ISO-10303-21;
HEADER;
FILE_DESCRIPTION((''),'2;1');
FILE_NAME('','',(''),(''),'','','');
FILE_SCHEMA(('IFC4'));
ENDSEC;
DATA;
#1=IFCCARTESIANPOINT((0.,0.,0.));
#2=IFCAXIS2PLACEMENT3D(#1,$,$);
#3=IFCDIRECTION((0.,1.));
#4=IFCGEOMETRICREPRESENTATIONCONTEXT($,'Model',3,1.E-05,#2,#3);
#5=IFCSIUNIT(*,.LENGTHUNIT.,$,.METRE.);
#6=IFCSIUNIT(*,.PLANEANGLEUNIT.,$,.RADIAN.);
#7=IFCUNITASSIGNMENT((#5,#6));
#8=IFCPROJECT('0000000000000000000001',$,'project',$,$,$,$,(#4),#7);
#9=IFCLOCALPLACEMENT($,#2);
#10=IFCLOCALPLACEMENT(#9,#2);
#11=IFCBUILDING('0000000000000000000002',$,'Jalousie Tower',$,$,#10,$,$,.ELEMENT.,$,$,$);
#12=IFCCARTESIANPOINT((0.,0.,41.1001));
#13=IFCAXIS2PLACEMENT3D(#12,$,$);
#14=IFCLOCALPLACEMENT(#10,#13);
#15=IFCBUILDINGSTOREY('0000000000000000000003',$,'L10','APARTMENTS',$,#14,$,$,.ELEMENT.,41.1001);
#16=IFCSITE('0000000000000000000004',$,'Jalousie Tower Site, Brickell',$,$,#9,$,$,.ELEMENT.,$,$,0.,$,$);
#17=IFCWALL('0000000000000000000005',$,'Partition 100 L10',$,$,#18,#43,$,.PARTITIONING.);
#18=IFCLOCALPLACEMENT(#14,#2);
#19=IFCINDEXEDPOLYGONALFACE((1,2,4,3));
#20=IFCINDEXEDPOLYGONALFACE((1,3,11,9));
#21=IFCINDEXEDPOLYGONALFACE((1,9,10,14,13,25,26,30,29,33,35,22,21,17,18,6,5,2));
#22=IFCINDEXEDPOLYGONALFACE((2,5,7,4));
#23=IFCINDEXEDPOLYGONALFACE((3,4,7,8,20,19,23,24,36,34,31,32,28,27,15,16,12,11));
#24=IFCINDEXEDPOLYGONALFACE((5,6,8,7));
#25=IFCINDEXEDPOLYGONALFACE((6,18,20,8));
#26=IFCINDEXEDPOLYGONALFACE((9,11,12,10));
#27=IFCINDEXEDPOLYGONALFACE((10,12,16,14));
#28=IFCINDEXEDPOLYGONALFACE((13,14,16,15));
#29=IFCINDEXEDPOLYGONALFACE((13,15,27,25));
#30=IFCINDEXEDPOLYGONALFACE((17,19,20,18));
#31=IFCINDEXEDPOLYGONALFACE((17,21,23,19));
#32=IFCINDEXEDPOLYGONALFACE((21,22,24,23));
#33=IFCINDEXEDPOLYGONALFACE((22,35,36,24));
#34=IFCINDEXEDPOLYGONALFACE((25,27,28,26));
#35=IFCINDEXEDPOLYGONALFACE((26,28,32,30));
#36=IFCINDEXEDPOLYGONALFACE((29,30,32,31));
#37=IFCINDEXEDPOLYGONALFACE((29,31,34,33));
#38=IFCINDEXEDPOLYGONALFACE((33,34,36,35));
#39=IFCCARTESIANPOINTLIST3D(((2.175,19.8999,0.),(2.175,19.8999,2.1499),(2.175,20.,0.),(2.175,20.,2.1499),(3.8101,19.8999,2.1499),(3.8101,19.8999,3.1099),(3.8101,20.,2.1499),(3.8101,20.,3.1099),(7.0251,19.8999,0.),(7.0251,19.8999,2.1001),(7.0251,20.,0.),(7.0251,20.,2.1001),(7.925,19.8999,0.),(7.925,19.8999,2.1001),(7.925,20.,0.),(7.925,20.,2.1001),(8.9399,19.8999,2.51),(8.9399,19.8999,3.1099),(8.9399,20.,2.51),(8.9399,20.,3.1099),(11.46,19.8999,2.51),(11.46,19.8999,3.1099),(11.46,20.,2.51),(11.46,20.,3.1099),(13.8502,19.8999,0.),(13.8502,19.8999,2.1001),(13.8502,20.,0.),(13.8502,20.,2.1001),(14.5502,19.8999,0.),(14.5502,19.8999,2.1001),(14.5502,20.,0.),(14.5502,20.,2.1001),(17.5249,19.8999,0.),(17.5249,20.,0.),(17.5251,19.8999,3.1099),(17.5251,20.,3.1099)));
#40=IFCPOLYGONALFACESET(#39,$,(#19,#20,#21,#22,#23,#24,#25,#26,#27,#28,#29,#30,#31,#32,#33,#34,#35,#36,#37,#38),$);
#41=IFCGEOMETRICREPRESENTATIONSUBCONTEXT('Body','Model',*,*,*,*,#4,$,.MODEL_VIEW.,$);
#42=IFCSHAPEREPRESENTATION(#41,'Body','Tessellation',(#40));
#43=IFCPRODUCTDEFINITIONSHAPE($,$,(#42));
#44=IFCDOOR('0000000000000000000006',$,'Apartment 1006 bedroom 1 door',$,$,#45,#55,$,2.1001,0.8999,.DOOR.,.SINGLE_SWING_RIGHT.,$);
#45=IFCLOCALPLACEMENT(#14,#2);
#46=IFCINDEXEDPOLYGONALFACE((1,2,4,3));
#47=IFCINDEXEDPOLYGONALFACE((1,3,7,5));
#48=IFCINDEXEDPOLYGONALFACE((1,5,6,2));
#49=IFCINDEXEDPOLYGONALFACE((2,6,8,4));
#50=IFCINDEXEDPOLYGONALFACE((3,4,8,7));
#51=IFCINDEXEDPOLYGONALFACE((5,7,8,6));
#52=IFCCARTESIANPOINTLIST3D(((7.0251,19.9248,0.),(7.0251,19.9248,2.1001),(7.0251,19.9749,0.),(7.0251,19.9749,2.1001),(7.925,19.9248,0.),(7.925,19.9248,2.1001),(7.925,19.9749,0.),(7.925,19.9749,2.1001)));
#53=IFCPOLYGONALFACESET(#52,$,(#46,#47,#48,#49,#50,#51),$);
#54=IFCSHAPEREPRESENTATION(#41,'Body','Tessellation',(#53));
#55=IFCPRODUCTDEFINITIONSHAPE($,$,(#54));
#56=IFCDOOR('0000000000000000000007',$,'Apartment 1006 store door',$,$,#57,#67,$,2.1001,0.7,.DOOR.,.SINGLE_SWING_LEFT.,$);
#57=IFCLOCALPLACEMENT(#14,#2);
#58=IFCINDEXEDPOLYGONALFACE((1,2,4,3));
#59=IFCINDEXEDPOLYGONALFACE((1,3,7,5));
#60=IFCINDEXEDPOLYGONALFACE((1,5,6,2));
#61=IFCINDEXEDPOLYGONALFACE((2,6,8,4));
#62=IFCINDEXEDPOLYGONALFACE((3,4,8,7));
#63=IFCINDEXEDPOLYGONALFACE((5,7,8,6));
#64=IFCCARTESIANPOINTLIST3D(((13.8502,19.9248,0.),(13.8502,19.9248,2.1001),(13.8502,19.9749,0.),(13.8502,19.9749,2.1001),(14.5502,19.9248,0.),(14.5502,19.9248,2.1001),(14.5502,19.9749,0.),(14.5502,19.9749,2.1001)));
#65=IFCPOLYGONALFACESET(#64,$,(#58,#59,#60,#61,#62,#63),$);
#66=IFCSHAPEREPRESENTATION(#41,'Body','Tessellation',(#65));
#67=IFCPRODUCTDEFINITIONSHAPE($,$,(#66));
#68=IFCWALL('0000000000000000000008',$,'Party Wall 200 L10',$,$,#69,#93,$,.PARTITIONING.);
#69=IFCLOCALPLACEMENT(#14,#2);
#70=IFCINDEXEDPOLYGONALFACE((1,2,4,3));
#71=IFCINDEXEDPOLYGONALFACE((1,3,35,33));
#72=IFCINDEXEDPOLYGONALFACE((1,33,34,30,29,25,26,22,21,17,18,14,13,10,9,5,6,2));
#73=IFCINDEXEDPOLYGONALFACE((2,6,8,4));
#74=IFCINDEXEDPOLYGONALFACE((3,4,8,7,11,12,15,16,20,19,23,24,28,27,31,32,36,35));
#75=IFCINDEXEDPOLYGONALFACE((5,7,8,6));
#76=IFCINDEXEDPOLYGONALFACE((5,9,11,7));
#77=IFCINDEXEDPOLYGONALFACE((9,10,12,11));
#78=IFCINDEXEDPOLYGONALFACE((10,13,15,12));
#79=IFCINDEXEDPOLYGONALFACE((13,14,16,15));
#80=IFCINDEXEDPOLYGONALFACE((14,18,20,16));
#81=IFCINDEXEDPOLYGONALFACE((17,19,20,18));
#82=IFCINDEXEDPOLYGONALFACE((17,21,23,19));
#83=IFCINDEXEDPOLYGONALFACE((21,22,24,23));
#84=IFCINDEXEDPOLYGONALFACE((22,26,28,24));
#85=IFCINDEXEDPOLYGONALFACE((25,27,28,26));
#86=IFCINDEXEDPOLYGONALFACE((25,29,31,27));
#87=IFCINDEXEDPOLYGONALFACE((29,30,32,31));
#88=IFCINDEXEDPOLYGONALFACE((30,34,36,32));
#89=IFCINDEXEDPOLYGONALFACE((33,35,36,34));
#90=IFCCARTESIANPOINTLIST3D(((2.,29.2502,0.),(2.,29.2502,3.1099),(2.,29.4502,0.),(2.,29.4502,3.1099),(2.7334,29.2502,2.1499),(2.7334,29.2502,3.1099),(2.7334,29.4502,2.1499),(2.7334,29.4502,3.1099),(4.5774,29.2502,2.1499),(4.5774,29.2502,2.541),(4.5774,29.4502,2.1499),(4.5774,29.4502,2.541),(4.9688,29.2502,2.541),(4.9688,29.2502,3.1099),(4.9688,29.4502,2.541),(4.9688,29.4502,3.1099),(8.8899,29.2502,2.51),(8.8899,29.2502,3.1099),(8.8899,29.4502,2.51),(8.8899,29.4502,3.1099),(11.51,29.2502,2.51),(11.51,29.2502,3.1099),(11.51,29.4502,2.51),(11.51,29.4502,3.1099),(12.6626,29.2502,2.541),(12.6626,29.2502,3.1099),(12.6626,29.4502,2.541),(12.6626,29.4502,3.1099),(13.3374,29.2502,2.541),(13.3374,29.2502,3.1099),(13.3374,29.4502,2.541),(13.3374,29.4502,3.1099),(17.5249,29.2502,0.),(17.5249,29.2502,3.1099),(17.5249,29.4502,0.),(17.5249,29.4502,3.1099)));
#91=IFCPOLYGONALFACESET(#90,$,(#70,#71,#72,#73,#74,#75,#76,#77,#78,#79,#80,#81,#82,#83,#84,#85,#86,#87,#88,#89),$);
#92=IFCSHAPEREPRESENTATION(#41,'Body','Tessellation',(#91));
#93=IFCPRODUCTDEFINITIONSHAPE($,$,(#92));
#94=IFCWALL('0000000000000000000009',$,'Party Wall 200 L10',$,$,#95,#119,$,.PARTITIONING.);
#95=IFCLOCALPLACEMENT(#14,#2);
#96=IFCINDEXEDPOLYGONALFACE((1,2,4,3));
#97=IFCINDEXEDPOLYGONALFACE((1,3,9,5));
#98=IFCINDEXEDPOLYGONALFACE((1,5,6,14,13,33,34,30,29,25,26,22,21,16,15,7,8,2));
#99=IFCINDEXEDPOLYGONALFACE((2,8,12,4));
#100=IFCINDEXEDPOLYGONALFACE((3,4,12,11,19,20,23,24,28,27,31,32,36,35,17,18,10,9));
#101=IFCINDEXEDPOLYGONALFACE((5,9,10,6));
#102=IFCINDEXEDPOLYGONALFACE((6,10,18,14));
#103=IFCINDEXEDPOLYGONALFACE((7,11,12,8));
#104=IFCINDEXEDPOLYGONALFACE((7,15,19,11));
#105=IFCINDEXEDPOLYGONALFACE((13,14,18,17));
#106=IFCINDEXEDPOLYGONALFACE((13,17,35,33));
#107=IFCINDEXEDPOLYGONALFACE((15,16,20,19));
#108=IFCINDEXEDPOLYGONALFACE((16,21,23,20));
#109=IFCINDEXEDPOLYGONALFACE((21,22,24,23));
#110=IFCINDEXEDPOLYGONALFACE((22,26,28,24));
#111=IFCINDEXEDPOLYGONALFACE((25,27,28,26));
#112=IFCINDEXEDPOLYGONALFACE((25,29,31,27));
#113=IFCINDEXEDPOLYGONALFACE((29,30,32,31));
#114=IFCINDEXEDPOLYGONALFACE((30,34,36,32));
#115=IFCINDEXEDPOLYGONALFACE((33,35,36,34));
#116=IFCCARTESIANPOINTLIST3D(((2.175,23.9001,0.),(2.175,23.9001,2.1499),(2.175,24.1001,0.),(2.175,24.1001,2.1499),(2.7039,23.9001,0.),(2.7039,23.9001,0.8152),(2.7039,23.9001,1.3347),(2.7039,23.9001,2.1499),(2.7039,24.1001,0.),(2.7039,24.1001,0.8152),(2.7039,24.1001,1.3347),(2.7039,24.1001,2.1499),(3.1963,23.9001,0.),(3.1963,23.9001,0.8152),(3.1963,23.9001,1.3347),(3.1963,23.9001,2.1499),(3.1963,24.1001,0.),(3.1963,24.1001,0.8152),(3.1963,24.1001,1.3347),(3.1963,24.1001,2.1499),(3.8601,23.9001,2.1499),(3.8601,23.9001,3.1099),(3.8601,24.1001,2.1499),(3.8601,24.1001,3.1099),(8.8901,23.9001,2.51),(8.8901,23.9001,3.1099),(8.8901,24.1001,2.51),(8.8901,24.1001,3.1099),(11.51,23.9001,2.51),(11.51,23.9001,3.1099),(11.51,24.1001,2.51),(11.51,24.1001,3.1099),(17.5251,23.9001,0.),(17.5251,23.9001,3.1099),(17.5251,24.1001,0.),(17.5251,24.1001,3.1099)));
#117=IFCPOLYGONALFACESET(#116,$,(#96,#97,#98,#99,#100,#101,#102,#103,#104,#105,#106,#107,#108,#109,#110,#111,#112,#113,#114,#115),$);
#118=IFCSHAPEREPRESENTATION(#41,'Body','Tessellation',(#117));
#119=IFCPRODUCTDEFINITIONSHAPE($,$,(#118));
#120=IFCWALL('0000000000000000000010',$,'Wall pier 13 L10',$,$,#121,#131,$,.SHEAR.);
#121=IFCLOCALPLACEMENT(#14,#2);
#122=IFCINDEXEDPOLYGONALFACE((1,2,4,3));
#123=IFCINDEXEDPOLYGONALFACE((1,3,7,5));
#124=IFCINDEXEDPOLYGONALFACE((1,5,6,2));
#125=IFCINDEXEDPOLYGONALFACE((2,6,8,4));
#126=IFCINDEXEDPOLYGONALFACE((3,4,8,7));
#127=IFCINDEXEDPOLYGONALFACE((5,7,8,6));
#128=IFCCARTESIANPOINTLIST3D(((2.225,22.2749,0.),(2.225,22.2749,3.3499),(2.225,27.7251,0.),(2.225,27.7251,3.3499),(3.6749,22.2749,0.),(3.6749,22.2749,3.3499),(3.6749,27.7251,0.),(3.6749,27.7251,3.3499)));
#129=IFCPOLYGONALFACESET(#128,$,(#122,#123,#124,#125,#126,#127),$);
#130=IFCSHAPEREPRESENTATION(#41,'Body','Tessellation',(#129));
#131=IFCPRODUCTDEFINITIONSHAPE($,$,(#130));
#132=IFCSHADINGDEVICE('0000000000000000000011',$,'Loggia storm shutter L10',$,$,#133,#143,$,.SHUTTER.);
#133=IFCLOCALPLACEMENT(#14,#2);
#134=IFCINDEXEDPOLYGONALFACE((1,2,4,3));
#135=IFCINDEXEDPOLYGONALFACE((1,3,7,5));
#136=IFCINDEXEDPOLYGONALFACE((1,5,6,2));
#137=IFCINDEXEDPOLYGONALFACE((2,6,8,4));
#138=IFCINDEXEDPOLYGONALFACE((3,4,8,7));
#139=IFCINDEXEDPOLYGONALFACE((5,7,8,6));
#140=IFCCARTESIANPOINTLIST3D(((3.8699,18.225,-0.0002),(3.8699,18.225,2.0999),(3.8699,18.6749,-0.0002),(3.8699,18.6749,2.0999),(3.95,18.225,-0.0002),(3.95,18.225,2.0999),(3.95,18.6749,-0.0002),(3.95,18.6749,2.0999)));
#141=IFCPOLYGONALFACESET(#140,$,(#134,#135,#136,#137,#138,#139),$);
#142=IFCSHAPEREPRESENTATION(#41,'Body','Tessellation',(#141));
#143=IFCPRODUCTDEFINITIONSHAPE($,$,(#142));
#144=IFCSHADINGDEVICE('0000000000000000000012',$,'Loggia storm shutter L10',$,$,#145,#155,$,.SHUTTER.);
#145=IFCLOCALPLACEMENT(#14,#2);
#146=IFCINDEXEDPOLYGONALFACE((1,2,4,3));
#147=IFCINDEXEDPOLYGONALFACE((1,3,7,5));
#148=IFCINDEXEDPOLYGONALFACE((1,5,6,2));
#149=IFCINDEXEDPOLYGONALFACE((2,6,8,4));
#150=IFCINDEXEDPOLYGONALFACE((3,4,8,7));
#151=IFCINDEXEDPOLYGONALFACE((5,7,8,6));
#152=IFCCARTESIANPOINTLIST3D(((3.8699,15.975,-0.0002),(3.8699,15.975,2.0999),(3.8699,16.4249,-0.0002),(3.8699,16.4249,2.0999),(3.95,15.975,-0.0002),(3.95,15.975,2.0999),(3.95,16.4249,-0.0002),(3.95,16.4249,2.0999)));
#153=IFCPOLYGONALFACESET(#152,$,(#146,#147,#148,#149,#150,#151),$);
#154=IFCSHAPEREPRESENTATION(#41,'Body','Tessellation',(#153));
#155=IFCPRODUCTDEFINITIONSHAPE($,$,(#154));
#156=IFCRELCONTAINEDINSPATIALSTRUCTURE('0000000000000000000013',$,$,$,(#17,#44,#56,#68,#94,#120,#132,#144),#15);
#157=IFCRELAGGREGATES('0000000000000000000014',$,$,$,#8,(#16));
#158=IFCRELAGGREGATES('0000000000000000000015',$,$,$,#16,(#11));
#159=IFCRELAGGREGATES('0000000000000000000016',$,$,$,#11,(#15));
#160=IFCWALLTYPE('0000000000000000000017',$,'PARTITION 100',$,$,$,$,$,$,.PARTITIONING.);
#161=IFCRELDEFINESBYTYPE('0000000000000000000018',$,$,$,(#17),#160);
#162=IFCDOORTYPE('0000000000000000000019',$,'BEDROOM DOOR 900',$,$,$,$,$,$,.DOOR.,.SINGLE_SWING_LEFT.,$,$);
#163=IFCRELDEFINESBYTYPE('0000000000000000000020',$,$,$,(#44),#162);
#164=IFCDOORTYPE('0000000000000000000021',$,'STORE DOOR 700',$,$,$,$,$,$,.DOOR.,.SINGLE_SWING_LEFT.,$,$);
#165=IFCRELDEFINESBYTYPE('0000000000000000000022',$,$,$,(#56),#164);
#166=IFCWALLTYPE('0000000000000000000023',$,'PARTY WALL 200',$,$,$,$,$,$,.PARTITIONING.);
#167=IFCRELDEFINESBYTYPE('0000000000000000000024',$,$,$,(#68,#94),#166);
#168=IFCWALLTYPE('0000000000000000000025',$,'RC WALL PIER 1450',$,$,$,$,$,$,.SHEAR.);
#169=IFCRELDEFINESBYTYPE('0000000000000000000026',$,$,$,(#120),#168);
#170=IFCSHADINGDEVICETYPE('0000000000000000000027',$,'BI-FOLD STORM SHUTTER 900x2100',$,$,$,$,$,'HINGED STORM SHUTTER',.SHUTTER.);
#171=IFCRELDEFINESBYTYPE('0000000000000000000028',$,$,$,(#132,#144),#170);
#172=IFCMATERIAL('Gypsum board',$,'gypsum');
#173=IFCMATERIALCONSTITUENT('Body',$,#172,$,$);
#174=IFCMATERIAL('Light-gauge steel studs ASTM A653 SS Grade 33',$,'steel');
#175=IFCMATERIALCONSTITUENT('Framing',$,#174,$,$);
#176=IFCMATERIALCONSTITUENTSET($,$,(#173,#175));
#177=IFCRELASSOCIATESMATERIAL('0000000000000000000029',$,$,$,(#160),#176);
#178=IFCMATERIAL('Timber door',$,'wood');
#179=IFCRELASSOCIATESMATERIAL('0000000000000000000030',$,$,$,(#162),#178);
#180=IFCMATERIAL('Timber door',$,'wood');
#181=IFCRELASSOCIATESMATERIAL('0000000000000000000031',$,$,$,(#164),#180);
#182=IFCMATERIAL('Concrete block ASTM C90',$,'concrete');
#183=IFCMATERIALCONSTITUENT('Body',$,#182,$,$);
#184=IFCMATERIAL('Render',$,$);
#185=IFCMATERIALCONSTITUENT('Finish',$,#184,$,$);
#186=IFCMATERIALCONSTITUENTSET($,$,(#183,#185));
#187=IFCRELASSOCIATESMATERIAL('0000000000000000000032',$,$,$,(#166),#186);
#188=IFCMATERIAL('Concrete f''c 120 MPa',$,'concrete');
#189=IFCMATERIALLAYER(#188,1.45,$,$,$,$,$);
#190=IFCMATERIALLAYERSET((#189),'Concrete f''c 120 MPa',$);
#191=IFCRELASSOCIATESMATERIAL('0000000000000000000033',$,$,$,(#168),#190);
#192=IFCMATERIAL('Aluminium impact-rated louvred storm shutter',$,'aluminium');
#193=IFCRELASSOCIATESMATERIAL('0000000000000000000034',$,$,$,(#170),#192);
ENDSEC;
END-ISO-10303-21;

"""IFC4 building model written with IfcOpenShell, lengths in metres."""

from ifc_helpers import new_model, si_unit, direction, frame, frame_2d, origin, origin_2d, place, context, subcontext, project, spatial, polyline, rectangle, outline, extrude, material, layer, layer_set, constituent, constituent_set, type_object, element, fill, save


model = new_model("IFC4")

# Units and contexts
model_context = context("Model", 3, precision=1e-05, world=origin(), true_north=direction((0.0, 1.0)))
body_context = subcontext(model_context, "Body", "Model", "MODEL_VIEW")
ifc_project = project(units=[si_unit("LENGTHUNIT", "METRE"), si_unit("PLANEANGLEUNIT", "RADIAN")], contexts=[model_context])

# Site, building, storey
site_placement = place(None, origin())
site = spatial("IfcSite", under=ifc_project, at=site_placement, Name="Jalousie Tower Site, Brickell", CompositionType="ELEMENT", RefElevation=0.0)
building_placement = place(site_placement, origin())
building = spatial("IfcBuilding", under=site, at=building_placement, Name="Jalousie Tower", CompositionType="ELEMENT")
storey_placement = place(building_placement, frame((0.0, 0.0, 41.1001)))
storey = spatial("IfcBuildingStorey", under=building, at=storey_placement, Name="L10", Description="APARTMENTS", CompositionType="ELEMENT", Elevation=41.1001)

# Wall, openings, doors
ifc_material_1 = material(Name="Gypsum board", Category="gypsum")
ifc_constituent_1 = constituent(ifc_material_1, Name="Body")
ifc_material_2 = material(Name="Light-gauge steel studs ASTM A653 SS Grade 33", Category="steel")
ifc_constituent_2 = constituent(ifc_material_2, Name="Framing")
ifc_constituent_set_1 = constituent_set(constituents=[ifc_constituent_1, ifc_constituent_2])
wall_type_1 = type_object("IfcWallType", Name="PARTITION 100", PredefinedType="PARTITIONING", material=ifc_constituent_set_1)
wall_1_placement = place(storey_placement, frame((2.175, 19.95, 0.0), z_axis=(0.0, 0.0, 1.0), x_axis=(1.0, 0.0, 0.0)))
wall_1 = element("IfcWall", 1, at=wall_1_placement, inside=storey, type_object=wall_type_1, Name="Partition 100 L10", PredefinedType="PARTITIONING", context=body_context, shape_type="SweptSolid", body=[
    extrude(outline(polyline([(0.0, 0.0), (15.3499, 0.0), (15.3501, 3.1099), (9.2849, 3.1099), (9.2849, 2.51), (6.7649, 2.51), (6.7649, 3.1099), (1.635, 3.1099), (1.635, 2.1499), (0.0, 2.1499), (0.0, 3.1099), (0.0, 0.0)])), frame((0.0, 0.05, 0.0), z_axis=(0.0, -1.0, 0.0), x_axis=(1.0, 0.0, 0.0)), (0.0, 0.0, 1.0), 0.1001),
])
opening_1_placement = place(wall_1_placement, frame((4.8501, 0.0, 0.0)))
opening_1 = element("IfcOpeningElement", 2, at=opening_1_placement, cuts=wall_1, PredefinedType="OPENING", context=body_context, shape_type="SweptSolid", body=[
    extrude(rectangle(XDim=0.8999, YDim=2.1001, at=frame_2d((0.45, 1.05))), frame((0.0, 0.0601, 0.0), z_axis=(0.0, -1.0, 0.0), x_axis=(1.0, 0.0, 0.0)), (0.0, 0.0, 1.0), 0.1201),
])
opening_2_placement = place(wall_1_placement, frame((11.675, 0.0, 0.0)))
opening_2 = element("IfcOpeningElement", 3, at=opening_2_placement, cuts=wall_1, PredefinedType="OPENING", context=body_context, shape_type="SweptSolid", body=[
    extrude(rectangle(XDim=0.7, YDim=2.1001, at=frame_2d((0.3501, 1.05))), frame((0.0, 0.0601, 0.0), z_axis=(0.0, -1.0, 0.0), x_axis=(1.0, 0.0, 0.0)), (0.0, 0.0, 1.0), 0.1201),
])
ifc_material_3 = material(Name="Timber door", Category="wood")
door_type_1 = type_object("IfcDoorType", Name="BEDROOM DOOR 900", OperationType="SINGLE_SWING_LEFT", PredefinedType="DOOR", material=ifc_material_3)
door_1_placement = place(opening_1_placement, origin())
door_1 = element("IfcDoor", 4, at=door_1_placement, inside=storey, type_object=door_type_1, Name="Apartment 1006 bedroom 1 door", OperationType="SINGLE_SWING_RIGHT", OverallHeight=2.1001, OverallWidth=0.8999, PredefinedType="DOOR", context=body_context, shape_type="SweptSolid", body=[
    extrude(rectangle(XDim=0.8999, YDim=2.1001, at=frame_2d((0.45, 1.05))), frame((0.0, 0.0249, 0.0), z_axis=(0.0, -1.0, 0.0), x_axis=(1.0, 0.0, 0.0)), (0.0, 0.0, 1.0), 0.05),
])
fill(opening_1, door_1)
ifc_material_4 = material(Name="Timber door", Category="wood")
door_type_2 = type_object("IfcDoorType", Name="STORE DOOR 700", OperationType="SINGLE_SWING_LEFT", PredefinedType="DOOR", material=ifc_material_4)
door_2_placement = place(opening_2_placement, origin())
door_2 = element("IfcDoor", 5, at=door_2_placement, inside=storey, type_object=door_type_2, Name="Apartment 1006 store door", OperationType="SINGLE_SWING_LEFT", OverallHeight=2.1001, OverallWidth=0.7, PredefinedType="DOOR", context=body_context, shape_type="SweptSolid", body=[
    extrude(rectangle(XDim=0.7, YDim=2.1001, at=frame_2d((0.3501, 1.05))), frame((0.0, 0.0249, 0.0), z_axis=(0.0, -1.0, 0.0), x_axis=(1.0, 0.0, 0.0)), (0.0, 0.0, 1.0), 0.05),
])
fill(opening_2, door_2)

# Walls
ifc_material_5 = material(Name="Concrete block ASTM C90", Category="concrete")
ifc_constituent_3 = constituent(ifc_material_5, Name="Body")
ifc_material_6 = material(Name="Render")
ifc_constituent_4 = constituent(ifc_material_6, Name="Finish")
ifc_constituent_set_2 = constituent_set(constituents=[ifc_constituent_3, ifc_constituent_4])
wall_type_2 = type_object("IfcWallType", Name="PARTY WALL 200", PredefinedType="PARTITIONING", material=ifc_constituent_set_2)
wall_2_placement = place(storey_placement, frame((2.0, 29.3501, 0.0), z_axis=(0.0, 0.0, 1.0), x_axis=(1.0, 0.0, 0.0)))
element("IfcWall", 6, at=wall_2_placement, inside=storey, type_object=wall_type_2, Name="Party Wall 200 L10", PredefinedType="PARTITIONING", context=body_context, shape_type="SweptSolid", body=[
    extrude(outline(polyline([(0.0, 0.0), (15.5249, 0.0), (15.5249, 3.1099), (11.3374, 3.1099), (11.3374, 2.541), (10.6626, 2.541), (10.6626, 3.1099), (9.51, 3.1099), (9.51, 2.51), (6.8899, 2.51), (6.8899, 3.1099), (2.9688, 3.1099), (2.9688, 2.541), (2.5774, 2.541), (2.5774, 2.1499), (0.7334, 2.1499), (0.7334, 3.1099), (0.0, 3.1099), (0.0, 0.0)])), frame((0.0, 0.1001, 0.0), z_axis=(0.0, -1.0, 0.0), x_axis=(1.0, 0.0, 0.0)), (0.0, 0.0, 1.0), 0.2),
])
wall_3_placement = place(storey_placement, frame((2.175, 24.0, 0.0), z_axis=(0.0, 0.0, 1.0), x_axis=(1.0, 0.0, 0.0)))
element("IfcWall", 7, at=wall_3_placement, inside=storey, type_object=wall_type_2, Name="Party Wall 200 L10", PredefinedType="PARTITIONING", context=body_context, shape_type="SweptSolid", body=[
    extrude(outline(polyline([(0.5288, 2.1499), (0.0, 2.1499), (0.0, 0.0), (0.5288, 0.0), (0.5288, 0.8152), (1.0212, 0.8152), (1.0212, 0.0), (15.3501, 0.0), (15.3501, 3.1099), (9.335, 3.1099), (9.335, 2.51), (6.7151, 2.51), (6.7151, 3.1099), (1.6851, 3.1099), (1.6851, 2.1499), (1.0212, 2.1499), (1.0212, 1.3347), (0.5288, 1.3347), (0.5288, 2.1499)])), frame((0.0, 0.1001, 0.0), z_axis=(0.0, -1.0, 0.0), x_axis=(1.0, 0.0, 0.0)), (0.0, 0.0, 1.0), 0.2),
])
ifc_material_7 = material(Name="Concrete f'c 120 MPa", Category="concrete")
ifc_layer_1 = layer(ifc_material_7, 1.45)
ifc_layer_set_1 = layer_set([ifc_layer_1], Name="Concrete f'c 120 MPa")
wall_type_3 = type_object("IfcWallType", Name="RC WALL PIER 1450", PredefinedType="SHEAR", material=ifc_layer_set_1)
wall_4_placement = place(storey_placement, frame((2.95, 22.2749, 0.0), z_axis=(0.0, 0.0, 1.0), x_axis=(0.0, 1.0, 0.0)))
element("IfcWall", 8, at=wall_4_placement, inside=storey, type_object=wall_type_3, Name="Wall pier 13 L10", PredefinedType="SHEAR", context=body_context, shape_type="SweptSolid", body=[
    extrude(rectangle(XDim=5.4502, YDim=1.45, at=frame_2d((2.7251, 0.0))), origin(), (0.0, 0.0, 1.0), 3.3499),
])

# Shading devices
ifc_material_8 = material(Name="Aluminium impact-rated louvred storm shutter", Category="aluminium")
shading_device_type_1 = type_object("IfcShadingDeviceType", Name="BI-FOLD STORM SHUTTER 900x2100", ElementType="HINGED STORM SHUTTER", PredefinedType="SHUTTER", material=ifc_material_8)
for number, where, z_axis, x_axis, name in (
    (9, (3.9099, 18.45, -0.0002), (0.0, 0.0, 1.0), (0.0, -1.0, 0.0), "Loggia storm shutter L10"),
    (10, (3.9099, 16.2, -0.0002), (0.0, 0.0, 1.0), (0.0, -1.0, 0.0), "Loggia storm shutter L10"),
):
    element("IfcShadingDevice", number, at=place(storey_placement, frame(where, z_axis=z_axis, x_axis=x_axis)), inside=storey, type_object=shading_device_type_1, Name=name, PredefinedType="SHUTTER", context=body_context, shape_type="SweptSolid", body=[
        extrude(rectangle(XDim=0.45, YDim=0.0801, at=origin_2d()), origin(), (0.0, 0.0, 1.0), 2.1001),
    ])

save(model, "model.ifc")
